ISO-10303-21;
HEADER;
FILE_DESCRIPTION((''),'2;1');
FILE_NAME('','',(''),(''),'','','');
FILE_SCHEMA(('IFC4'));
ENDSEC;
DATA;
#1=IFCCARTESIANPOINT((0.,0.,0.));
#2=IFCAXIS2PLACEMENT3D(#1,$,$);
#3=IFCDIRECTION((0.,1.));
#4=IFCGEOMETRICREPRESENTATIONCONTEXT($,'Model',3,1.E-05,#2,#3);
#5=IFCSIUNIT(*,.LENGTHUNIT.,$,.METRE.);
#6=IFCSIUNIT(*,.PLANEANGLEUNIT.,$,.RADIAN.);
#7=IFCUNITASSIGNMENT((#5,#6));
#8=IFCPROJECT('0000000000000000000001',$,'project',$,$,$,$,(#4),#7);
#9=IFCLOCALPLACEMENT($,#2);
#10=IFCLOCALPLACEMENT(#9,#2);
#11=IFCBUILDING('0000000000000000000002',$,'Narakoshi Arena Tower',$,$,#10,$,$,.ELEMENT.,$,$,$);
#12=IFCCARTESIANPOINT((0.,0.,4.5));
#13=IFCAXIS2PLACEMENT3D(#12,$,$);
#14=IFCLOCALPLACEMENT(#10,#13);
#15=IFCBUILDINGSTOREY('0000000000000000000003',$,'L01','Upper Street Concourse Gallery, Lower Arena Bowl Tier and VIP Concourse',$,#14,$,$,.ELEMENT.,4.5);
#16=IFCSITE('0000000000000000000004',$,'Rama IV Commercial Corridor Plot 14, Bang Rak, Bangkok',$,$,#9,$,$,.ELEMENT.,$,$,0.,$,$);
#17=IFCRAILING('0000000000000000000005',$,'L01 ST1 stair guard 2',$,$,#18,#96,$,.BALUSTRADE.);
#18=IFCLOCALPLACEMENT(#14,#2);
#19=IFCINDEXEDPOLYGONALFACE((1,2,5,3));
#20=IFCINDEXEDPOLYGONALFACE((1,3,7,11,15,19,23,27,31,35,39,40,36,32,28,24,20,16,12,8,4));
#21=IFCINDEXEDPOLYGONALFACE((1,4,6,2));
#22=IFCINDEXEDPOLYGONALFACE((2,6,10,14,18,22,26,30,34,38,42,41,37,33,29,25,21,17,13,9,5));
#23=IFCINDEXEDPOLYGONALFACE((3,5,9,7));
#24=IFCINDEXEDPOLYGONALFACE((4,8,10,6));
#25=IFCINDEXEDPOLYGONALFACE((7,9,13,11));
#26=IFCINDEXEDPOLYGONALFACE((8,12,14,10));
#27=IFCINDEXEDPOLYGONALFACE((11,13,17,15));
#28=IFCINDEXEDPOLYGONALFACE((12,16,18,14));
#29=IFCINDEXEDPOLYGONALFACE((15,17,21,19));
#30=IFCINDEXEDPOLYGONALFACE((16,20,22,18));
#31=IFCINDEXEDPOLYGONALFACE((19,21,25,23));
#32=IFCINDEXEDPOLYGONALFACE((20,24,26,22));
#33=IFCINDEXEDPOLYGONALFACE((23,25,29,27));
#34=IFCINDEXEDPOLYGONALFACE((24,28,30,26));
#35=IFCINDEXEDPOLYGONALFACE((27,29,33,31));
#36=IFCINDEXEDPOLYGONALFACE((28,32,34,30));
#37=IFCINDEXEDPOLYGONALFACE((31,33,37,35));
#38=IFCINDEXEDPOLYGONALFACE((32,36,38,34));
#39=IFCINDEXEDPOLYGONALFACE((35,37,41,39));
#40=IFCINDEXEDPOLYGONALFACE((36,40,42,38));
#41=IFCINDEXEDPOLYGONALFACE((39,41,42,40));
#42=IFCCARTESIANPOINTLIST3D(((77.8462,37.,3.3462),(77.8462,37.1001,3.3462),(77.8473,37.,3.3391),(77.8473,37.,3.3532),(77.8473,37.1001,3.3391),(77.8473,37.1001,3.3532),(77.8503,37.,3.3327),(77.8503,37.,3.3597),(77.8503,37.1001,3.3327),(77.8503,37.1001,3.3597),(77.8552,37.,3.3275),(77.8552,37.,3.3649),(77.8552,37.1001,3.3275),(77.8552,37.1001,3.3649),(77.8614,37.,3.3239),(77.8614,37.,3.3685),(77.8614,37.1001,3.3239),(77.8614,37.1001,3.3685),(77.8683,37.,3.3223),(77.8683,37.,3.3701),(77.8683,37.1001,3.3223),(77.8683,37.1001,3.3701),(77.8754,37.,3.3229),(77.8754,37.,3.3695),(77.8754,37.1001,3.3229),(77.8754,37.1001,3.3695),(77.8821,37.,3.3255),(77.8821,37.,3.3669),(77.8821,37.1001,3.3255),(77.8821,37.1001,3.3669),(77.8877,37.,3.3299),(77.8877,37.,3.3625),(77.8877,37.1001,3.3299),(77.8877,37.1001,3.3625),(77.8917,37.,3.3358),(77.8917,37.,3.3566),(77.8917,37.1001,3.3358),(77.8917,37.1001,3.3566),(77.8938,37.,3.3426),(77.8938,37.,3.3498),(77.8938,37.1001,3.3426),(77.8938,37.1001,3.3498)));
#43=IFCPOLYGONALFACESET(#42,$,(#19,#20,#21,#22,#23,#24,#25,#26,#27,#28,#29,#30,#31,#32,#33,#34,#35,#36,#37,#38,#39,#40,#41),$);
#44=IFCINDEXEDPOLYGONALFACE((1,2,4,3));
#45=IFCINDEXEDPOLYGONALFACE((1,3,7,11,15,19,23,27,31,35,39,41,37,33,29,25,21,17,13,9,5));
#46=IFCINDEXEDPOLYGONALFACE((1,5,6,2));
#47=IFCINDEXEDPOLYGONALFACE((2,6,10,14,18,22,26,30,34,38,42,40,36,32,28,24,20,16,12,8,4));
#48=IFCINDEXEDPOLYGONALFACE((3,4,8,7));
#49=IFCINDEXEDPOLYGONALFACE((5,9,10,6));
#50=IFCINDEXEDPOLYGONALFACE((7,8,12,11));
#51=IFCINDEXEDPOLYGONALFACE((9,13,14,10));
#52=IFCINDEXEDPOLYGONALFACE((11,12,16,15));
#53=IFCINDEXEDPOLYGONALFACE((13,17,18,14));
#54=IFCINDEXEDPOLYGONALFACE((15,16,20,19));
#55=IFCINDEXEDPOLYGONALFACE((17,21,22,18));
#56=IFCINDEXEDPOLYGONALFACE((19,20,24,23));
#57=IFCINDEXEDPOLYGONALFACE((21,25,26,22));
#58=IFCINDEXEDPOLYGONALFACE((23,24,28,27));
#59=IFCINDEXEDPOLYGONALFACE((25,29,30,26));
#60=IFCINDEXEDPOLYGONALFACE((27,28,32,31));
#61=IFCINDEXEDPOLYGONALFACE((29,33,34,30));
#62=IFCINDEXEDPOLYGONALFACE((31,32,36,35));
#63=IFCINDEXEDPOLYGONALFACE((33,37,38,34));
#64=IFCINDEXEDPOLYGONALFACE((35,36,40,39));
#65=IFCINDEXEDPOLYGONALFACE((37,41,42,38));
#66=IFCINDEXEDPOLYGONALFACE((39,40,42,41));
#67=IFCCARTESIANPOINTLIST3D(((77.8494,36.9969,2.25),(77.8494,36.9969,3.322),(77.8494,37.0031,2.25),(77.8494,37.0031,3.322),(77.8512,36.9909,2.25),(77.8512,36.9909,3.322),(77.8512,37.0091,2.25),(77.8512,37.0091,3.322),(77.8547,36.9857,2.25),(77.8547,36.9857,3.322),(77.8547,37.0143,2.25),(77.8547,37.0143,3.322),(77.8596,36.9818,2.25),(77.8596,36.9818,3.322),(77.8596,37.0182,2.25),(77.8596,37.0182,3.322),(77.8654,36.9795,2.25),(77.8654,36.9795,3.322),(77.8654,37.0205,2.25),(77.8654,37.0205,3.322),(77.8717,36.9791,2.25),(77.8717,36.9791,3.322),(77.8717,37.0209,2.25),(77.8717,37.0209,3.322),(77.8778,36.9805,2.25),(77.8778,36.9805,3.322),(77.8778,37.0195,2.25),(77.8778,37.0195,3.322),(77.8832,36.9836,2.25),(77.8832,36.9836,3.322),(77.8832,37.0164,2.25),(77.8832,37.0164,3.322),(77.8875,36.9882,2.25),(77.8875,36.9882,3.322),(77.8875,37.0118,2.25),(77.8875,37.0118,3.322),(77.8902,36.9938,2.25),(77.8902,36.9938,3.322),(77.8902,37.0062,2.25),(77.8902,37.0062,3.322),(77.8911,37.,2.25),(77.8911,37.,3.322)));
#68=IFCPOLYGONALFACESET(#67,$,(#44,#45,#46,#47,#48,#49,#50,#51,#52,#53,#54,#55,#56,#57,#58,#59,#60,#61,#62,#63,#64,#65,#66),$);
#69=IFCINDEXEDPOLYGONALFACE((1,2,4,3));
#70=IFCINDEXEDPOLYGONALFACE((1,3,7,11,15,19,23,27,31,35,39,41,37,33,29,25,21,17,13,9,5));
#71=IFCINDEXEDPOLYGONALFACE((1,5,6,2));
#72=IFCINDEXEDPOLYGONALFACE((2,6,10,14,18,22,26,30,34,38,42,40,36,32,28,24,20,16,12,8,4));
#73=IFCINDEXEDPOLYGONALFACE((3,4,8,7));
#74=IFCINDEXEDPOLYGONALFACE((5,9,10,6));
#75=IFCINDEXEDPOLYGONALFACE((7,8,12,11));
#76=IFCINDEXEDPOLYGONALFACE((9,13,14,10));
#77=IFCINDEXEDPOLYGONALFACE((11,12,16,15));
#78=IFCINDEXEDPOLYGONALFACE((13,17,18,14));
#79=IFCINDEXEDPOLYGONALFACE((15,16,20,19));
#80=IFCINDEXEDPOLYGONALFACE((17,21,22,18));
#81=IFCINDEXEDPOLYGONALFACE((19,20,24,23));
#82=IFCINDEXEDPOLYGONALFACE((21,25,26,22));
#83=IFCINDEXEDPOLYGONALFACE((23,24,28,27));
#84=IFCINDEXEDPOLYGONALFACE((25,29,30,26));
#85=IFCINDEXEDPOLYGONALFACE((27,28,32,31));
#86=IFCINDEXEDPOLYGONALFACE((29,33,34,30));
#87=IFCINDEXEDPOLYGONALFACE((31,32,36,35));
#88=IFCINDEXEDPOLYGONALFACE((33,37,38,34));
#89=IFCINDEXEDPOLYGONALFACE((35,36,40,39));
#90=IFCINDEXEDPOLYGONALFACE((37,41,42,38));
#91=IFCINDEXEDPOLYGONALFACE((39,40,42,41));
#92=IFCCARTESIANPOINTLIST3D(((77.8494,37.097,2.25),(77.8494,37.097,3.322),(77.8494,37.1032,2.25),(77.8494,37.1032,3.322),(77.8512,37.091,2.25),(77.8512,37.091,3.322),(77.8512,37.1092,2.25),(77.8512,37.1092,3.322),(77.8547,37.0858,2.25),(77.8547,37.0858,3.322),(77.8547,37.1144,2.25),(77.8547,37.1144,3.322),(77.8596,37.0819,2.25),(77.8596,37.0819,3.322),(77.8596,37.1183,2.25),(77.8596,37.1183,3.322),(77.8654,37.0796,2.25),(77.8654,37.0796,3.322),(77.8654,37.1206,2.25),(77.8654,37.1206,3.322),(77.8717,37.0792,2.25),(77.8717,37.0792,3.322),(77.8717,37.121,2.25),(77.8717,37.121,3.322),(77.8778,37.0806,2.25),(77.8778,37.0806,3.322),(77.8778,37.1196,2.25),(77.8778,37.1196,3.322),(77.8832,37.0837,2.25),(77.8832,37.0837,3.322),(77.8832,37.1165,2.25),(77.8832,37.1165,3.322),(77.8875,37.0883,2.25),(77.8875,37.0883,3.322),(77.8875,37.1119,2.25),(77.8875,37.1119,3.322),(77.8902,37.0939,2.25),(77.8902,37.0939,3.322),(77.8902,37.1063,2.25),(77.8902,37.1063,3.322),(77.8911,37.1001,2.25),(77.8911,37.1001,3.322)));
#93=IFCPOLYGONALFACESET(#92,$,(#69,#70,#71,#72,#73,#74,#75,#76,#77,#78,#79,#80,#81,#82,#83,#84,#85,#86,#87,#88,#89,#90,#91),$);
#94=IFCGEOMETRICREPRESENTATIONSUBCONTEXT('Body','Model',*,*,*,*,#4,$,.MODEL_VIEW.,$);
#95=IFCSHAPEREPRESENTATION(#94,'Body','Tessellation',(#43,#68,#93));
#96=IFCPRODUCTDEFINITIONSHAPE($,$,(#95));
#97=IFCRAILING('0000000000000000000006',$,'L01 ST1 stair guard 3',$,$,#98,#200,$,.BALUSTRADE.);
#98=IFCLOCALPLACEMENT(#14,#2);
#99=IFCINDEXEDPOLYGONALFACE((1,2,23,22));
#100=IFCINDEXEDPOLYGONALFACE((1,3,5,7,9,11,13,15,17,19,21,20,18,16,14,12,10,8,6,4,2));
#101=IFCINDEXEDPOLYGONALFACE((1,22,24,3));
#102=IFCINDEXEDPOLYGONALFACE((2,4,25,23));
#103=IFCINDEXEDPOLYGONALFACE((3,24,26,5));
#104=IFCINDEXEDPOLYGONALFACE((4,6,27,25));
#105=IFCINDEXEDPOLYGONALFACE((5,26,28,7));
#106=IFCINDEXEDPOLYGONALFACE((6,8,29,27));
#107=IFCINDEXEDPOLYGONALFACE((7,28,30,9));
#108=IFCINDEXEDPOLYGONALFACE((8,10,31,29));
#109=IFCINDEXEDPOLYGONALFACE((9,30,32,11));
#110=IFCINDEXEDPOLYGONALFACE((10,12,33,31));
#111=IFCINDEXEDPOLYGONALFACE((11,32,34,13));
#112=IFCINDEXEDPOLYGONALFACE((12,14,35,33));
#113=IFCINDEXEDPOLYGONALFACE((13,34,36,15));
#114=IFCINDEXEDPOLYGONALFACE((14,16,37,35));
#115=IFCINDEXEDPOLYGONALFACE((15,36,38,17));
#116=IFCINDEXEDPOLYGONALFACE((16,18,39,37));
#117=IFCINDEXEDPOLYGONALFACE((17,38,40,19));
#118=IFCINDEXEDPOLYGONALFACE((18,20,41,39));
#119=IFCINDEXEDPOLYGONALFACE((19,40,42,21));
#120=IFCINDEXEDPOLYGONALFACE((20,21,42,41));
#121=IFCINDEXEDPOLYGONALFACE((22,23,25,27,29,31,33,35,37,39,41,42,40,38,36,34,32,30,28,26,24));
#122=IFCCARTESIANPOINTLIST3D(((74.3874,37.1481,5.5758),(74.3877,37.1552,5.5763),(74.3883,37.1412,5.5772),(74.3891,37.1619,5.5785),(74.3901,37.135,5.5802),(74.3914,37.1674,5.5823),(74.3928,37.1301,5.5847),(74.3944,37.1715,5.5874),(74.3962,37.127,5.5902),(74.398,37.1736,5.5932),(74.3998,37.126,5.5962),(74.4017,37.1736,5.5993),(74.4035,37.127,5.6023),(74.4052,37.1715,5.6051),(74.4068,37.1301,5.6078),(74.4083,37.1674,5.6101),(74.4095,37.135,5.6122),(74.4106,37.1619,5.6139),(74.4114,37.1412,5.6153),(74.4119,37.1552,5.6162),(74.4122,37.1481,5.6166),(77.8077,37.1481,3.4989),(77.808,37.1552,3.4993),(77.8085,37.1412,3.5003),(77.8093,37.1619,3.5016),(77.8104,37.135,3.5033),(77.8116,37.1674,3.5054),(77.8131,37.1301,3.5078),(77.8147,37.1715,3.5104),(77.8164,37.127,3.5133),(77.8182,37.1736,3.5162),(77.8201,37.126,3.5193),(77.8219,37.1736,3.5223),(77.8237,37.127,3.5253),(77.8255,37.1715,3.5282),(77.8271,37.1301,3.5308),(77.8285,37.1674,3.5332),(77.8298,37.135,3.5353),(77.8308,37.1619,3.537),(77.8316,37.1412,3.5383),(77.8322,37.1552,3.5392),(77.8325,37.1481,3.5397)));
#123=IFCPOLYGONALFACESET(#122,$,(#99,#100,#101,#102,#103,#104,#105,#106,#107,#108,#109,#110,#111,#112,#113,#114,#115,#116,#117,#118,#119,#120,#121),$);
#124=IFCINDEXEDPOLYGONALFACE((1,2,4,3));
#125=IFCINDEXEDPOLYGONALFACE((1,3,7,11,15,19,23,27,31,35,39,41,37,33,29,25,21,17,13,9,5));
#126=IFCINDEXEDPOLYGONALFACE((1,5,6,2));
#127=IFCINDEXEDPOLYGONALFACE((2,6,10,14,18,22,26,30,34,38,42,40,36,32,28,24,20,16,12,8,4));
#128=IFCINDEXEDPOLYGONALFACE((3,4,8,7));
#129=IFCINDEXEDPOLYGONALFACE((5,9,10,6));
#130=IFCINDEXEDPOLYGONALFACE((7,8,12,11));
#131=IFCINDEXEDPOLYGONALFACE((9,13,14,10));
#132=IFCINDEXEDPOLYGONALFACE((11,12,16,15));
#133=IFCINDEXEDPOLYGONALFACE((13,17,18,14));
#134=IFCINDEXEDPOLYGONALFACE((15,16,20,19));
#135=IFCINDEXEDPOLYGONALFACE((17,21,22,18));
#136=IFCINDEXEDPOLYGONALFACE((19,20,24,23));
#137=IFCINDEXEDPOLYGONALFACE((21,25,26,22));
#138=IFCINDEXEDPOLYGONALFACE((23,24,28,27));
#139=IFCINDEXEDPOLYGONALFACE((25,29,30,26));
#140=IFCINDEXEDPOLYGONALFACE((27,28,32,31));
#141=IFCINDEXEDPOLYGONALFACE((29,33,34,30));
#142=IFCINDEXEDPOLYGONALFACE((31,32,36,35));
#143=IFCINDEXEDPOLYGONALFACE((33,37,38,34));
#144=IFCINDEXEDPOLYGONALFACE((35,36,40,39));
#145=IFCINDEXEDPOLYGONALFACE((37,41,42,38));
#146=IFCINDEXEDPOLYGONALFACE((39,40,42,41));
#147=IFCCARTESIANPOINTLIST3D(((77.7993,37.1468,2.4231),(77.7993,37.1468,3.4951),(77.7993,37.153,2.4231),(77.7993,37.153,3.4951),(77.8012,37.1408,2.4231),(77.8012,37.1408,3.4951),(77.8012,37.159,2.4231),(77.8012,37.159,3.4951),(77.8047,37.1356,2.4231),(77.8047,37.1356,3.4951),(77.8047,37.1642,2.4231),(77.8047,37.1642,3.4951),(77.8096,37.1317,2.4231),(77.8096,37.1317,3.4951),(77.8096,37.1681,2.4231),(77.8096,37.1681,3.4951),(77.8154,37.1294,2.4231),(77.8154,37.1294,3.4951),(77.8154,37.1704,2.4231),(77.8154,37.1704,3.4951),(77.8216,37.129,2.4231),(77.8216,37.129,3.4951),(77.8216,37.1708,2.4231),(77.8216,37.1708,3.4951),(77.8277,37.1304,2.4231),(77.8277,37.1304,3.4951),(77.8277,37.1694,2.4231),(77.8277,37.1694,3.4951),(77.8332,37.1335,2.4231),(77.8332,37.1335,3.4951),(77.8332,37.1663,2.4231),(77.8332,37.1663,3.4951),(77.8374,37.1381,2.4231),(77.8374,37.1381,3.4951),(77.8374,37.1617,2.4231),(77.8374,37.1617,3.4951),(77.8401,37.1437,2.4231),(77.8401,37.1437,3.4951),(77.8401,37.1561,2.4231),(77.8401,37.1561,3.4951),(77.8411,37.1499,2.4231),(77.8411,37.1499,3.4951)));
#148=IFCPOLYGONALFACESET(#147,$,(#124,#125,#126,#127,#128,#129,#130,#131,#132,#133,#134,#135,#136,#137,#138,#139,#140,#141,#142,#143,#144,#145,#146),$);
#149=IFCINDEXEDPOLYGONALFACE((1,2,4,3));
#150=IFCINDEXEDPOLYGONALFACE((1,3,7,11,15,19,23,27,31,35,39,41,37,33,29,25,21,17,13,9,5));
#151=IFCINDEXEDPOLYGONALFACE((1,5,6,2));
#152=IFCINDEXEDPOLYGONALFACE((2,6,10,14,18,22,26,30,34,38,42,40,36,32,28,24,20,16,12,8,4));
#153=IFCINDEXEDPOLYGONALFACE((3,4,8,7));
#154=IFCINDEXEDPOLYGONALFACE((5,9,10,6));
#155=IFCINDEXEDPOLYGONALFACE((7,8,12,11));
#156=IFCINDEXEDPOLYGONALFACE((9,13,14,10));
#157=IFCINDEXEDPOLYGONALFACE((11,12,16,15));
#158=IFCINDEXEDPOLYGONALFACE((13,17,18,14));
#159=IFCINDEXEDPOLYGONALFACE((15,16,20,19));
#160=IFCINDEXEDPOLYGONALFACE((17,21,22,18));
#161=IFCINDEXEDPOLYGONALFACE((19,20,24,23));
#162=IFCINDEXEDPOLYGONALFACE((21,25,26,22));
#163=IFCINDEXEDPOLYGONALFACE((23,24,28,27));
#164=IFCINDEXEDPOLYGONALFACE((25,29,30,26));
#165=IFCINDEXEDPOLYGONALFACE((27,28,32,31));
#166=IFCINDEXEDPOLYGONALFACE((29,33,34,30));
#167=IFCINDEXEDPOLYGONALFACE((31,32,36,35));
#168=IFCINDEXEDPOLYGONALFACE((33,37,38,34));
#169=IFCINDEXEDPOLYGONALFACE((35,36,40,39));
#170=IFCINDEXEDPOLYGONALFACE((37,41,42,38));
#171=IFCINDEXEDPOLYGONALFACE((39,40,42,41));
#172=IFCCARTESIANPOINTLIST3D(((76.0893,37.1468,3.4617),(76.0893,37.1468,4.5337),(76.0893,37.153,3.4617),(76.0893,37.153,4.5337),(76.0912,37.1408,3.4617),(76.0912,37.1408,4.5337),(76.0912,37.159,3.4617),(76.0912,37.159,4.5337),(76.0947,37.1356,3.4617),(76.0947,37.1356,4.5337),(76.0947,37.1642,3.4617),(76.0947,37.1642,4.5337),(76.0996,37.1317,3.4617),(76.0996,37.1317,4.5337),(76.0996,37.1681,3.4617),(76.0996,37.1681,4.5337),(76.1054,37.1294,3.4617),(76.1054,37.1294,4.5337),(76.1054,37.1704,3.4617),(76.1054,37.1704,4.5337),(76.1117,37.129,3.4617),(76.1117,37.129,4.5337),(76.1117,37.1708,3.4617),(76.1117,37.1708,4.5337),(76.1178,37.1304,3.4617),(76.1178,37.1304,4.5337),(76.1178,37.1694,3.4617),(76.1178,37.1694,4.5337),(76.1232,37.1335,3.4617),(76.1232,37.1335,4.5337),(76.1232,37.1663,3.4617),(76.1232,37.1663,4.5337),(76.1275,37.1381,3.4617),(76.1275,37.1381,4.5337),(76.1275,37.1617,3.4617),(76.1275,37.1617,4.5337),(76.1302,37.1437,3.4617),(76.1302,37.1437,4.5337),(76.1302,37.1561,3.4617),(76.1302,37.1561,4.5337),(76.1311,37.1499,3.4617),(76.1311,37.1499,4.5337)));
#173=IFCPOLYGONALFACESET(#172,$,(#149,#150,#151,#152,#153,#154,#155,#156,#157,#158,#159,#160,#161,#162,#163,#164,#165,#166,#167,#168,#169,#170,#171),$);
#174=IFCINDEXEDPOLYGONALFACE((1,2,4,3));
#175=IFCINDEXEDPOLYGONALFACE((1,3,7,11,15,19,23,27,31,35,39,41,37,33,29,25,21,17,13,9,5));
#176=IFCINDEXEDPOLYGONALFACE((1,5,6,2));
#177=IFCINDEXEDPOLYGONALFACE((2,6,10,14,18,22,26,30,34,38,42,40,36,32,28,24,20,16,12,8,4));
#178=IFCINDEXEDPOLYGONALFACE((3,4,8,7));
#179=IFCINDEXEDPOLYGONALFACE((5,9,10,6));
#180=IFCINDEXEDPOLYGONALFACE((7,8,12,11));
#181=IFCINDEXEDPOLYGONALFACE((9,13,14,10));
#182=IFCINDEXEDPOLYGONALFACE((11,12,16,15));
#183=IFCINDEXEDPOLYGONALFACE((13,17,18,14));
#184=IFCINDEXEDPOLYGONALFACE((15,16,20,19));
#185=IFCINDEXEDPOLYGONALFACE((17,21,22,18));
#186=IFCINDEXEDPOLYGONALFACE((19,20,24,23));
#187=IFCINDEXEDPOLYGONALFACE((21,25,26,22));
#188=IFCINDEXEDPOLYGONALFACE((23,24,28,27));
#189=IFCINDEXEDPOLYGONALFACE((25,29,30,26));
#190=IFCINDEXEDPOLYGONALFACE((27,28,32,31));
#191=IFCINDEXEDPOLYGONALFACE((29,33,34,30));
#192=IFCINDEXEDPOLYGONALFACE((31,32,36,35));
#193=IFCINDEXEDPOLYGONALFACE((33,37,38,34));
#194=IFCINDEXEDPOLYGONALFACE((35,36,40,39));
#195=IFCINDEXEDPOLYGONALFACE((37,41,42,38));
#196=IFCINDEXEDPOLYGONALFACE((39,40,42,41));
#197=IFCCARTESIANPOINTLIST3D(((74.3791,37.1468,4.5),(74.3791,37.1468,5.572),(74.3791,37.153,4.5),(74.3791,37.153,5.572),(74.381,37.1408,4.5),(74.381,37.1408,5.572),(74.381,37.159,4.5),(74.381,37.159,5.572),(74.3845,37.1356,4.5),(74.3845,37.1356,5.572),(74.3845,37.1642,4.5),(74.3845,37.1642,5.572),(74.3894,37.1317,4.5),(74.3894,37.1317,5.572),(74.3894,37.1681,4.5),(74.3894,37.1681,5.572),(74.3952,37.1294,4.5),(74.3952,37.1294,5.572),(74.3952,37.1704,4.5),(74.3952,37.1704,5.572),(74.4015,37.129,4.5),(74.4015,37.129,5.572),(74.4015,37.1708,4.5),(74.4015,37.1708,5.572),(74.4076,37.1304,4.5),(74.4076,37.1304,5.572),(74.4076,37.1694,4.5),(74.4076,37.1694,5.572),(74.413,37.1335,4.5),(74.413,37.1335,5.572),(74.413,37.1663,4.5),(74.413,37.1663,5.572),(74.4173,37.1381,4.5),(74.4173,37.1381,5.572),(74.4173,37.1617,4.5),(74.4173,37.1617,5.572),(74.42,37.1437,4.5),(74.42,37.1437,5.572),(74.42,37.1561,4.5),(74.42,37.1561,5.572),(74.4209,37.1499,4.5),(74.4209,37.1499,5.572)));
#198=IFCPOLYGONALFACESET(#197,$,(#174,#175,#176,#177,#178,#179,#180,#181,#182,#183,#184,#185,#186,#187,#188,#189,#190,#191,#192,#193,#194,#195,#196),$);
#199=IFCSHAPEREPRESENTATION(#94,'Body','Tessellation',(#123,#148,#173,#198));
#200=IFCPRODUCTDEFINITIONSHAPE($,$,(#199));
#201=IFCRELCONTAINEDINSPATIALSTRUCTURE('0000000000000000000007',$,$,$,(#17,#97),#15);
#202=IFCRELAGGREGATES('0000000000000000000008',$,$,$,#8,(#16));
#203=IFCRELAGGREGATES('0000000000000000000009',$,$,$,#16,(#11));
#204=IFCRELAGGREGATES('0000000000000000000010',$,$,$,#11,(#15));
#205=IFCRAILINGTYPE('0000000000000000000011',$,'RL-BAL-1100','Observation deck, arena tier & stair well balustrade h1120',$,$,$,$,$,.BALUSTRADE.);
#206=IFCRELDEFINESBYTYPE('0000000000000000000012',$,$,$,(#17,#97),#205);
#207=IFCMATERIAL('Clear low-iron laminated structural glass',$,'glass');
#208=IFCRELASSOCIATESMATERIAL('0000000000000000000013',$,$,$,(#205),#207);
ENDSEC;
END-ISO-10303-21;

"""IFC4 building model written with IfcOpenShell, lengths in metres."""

from ifc_helpers import new_model, si_unit, direction, frame, origin, origin_2d, place, context, subcontext, project, spatial, circle, extrude, material, type_object, element, save


model = new_model("IFC4")

# Units and contexts
model_context = context("Model", 3, precision=1e-05, world=origin(), true_north=direction((0.0, 1.0)))
body_context = subcontext(model_context, "Body", "Model", "MODEL_VIEW")
ifc_project = project(units=[si_unit("LENGTHUNIT", "METRE"), si_unit("PLANEANGLEUNIT", "RADIAN")], contexts=[model_context])

# Site, building, storey
site_placement = place(None, origin())
site = spatial("IfcSite", under=ifc_project, at=site_placement, Name="Rama IV Commercial Corridor Plot 14, Bang Rak, Bangkok", CompositionType="ELEMENT", RefElevation=0.0)
building_placement = place(site_placement, origin())
building = spatial("IfcBuilding", under=site, at=building_placement, Name="Narakoshi Arena Tower", CompositionType="ELEMENT")
storey_placement = place(building_placement, frame((0.0, 0.0, 4.5)))
storey = spatial("IfcBuildingStorey", under=building, at=storey_placement, Name="L01", Description="Upper Street Concourse Gallery, Lower Arena Bowl Tier and VIP Concourse", CompositionType="ELEMENT", Elevation=4.5)

# Railings
ifc_material_1 = material(Name="Clear low-iron laminated structural glass", Category="glass")
railing_type_1 = type_object("IfcRailingType", Name="RL-BAL-1100", Description="Observation deck, arena tier & stair well balustrade h1120", PredefinedType="BALUSTRADE", material=ifc_material_1)
railing_1_placement = place(storey_placement, frame((77.8701, 37.0, 2.25)))
element("IfcRailing", 1, at=railing_1_placement, inside=storey, type_object=railing_type_1, Name="L01 ST1 stair guard 2", PredefinedType="BALUSTRADE", context=body_context, shape_type="SweptSolid", body=[
    extrude(circle(Radius=0.0239, at=origin_2d()), frame((0.0, 0.0, 1.0962), z_axis=(0.0, 1.0, 0.0), x_axis=(-1.0, 0.0, 0.0)), (0.0, 0.0, 1.0), 0.1001),
    extrude(circle(Radius=0.021, at=origin_2d()), origin(), (0.0, 0.0, 1.0), 1.072),
    extrude(circle(Radius=0.021, at=origin_2d()), frame((0.0, 0.1001, 0.0)), (0.0, 0.0, 1.0), 1.072),
])
for number, where, name in (
    (2, (77.8201, 37.1499, 2.4231), "L01 ST1 stair guard 3"),
):
    element("IfcRailing", number, at=place(storey_placement, frame(where)), inside=storey, type_object=railing_type_1, Name=name, PredefinedType="BALUSTRADE", context=body_context, shape_type="SweptSolid", body=[
        extrude(circle(Radius=0.0239, at=origin_2d()), frame((0.0, 0.0, 1.0962), z_axis=(-0.854746, 0.0, 0.519047), x_axis=(0.0, -1.0, 0.0)), (0.0, 0.0, 1.0), 4.0015),
        extrude(circle(Radius=0.021, at=origin_2d()), origin(), (0.0, 0.0, 1.0), 1.072),
        extrude(circle(Radius=0.021, at=origin_2d()), frame((-1.71, 0.0, 1.0386)), (0.0, 0.0, 1.0), 1.072),
        extrude(circle(Radius=0.021, at=origin_2d()), frame((-3.4202, 0.0, 2.0769)), (0.0, 0.0, 1.0), 1.072),
    ])

save(model, "model.ifc")
